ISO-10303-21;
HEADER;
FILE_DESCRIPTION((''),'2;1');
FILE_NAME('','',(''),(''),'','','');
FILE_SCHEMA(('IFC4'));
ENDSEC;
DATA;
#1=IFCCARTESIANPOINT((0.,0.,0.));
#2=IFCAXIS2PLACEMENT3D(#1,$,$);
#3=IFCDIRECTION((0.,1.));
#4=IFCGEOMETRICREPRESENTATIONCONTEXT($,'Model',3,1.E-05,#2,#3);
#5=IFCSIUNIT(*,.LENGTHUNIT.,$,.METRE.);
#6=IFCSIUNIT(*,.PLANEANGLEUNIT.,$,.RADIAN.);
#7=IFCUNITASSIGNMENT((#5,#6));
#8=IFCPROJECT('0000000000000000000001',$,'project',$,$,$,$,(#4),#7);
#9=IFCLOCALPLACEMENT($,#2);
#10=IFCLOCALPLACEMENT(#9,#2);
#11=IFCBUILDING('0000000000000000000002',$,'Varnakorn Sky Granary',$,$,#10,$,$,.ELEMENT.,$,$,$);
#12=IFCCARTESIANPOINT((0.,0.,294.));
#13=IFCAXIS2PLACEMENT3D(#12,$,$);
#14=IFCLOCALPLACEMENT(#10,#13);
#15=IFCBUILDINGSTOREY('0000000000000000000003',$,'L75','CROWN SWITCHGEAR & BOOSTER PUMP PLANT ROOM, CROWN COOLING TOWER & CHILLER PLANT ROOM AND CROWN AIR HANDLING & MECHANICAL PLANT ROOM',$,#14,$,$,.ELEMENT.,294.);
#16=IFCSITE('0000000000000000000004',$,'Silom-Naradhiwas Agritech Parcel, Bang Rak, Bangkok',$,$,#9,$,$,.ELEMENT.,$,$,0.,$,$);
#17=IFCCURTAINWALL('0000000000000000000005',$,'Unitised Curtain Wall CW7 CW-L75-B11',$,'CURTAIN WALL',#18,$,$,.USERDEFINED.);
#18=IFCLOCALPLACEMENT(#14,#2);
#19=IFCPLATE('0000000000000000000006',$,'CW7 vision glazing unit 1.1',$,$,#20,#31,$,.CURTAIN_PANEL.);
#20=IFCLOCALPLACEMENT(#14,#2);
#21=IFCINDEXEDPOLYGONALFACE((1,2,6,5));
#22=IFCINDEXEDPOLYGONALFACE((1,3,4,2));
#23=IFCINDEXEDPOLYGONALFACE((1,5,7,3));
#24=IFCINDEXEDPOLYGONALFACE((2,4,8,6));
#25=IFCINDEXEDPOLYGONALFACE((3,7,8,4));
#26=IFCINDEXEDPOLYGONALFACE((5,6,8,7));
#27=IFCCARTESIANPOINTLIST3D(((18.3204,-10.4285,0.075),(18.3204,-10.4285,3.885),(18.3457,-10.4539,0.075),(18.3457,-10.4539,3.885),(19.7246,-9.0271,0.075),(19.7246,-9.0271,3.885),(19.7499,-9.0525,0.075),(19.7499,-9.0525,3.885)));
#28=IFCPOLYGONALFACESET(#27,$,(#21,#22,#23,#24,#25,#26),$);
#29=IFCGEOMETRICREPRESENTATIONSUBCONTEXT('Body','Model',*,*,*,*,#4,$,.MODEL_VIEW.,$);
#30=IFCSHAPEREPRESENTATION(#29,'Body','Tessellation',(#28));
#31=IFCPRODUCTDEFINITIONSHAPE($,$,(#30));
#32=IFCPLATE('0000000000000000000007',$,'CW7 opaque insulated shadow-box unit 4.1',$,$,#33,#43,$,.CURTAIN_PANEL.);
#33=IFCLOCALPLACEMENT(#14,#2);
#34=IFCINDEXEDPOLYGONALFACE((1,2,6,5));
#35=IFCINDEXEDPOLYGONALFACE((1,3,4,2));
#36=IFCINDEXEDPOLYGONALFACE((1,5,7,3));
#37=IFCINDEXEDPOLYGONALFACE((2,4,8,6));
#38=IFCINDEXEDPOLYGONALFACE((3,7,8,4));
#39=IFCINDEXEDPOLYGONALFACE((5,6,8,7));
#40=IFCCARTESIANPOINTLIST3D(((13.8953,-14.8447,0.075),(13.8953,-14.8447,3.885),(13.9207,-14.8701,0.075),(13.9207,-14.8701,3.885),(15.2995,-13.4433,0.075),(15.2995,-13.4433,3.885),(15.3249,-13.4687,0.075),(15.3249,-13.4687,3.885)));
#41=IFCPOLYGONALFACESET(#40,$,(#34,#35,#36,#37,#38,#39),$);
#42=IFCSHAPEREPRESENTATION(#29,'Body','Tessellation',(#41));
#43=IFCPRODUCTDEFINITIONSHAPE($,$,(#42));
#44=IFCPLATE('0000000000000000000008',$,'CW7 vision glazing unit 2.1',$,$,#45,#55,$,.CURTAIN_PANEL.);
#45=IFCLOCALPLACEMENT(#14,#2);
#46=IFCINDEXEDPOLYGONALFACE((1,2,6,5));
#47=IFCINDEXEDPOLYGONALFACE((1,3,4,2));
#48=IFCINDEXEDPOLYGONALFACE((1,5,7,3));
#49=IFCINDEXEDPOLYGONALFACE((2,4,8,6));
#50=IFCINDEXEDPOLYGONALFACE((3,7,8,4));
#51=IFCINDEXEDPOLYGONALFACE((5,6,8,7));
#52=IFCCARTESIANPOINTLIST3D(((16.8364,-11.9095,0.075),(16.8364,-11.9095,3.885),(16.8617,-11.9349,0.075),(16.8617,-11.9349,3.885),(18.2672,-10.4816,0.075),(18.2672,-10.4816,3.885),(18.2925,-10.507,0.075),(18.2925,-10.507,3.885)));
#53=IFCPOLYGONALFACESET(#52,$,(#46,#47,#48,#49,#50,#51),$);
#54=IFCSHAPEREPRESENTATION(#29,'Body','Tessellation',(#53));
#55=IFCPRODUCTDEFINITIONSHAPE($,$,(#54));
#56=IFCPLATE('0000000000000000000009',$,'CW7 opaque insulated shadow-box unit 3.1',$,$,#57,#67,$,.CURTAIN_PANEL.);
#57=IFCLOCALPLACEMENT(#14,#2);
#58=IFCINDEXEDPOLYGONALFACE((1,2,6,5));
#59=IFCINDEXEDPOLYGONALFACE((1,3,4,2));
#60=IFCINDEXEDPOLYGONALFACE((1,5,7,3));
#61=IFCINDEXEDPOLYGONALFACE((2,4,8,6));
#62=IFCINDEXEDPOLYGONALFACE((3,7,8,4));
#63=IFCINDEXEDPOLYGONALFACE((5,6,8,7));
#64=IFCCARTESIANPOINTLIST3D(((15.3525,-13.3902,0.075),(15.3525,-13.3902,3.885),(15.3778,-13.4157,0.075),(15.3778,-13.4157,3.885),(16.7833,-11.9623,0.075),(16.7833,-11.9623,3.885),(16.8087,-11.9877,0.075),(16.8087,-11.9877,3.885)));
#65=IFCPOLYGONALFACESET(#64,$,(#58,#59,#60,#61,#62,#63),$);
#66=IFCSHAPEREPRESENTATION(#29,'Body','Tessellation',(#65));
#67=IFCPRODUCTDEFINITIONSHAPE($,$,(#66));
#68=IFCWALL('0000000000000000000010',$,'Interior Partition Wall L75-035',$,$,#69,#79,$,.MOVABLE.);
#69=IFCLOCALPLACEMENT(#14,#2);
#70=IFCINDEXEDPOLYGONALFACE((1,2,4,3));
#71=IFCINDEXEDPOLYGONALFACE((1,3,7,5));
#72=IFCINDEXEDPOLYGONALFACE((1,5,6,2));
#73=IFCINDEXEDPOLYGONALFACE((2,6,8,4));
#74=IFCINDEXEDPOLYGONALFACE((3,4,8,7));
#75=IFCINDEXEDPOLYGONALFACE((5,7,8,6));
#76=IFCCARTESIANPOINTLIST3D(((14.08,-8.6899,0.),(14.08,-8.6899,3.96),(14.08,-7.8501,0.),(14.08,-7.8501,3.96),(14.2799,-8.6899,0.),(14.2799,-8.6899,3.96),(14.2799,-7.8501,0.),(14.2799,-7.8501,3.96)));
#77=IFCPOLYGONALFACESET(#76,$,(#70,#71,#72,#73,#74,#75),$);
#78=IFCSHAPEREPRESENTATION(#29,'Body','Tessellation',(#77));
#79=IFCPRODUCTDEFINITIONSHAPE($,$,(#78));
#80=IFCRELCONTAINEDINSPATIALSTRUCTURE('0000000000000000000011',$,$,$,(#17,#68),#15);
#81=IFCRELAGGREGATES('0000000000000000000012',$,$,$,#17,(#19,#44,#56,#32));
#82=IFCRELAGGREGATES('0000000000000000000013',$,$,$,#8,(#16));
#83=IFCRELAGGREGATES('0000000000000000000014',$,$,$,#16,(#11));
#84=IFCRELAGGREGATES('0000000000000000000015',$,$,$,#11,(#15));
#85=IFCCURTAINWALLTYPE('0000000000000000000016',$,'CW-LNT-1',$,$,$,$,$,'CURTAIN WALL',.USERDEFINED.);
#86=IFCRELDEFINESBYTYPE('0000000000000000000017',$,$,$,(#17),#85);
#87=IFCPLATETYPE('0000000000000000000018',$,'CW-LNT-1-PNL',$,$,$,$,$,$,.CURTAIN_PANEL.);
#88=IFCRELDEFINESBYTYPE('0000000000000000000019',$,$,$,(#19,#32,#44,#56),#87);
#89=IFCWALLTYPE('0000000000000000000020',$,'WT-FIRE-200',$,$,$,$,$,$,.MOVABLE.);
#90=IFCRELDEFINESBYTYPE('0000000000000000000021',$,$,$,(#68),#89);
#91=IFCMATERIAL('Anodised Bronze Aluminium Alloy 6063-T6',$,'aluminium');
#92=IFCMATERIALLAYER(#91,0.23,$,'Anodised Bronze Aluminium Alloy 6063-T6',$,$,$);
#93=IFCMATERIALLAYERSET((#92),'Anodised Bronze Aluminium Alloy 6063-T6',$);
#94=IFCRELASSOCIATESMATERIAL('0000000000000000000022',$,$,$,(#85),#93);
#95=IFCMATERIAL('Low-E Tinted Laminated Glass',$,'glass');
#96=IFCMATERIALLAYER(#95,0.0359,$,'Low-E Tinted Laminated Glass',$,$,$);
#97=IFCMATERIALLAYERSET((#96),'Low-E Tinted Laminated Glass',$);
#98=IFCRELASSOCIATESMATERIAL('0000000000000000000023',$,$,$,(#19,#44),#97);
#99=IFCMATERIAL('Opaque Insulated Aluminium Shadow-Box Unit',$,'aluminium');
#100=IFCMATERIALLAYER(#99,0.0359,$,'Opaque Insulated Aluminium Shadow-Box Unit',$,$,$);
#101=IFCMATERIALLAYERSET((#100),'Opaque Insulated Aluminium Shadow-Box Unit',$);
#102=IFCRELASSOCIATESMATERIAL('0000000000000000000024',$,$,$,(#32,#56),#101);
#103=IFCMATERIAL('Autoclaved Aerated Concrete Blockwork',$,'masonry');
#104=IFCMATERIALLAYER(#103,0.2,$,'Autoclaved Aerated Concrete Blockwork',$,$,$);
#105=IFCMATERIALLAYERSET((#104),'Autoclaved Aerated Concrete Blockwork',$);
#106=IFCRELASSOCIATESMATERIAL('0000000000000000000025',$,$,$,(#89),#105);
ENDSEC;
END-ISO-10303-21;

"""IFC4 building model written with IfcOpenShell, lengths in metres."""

from ifc_helpers import new_model, si_unit, direction, frame, frame_2d, origin, origin_2d, place, context, subcontext, project, spatial, rectangle, extrude, source, transform, mapped, material, layer, layer_set, type_object, type_shapes, element, aggregate, save


model = new_model("IFC4")

# Units and contexts
model_context = context("Model", 3, precision=1e-05, world=origin(), true_north=direction((0.0, 1.0)))
body_context = subcontext(model_context, "Body", "Model", "MODEL_VIEW")
ifc_project = project(units=[si_unit("LENGTHUNIT", "METRE"), si_unit("PLANEANGLEUNIT", "RADIAN")], contexts=[model_context])

# Site, building, storey
site_placement = place(None, origin())
site = spatial("IfcSite", under=ifc_project, at=site_placement, Name="Silom-Naradhiwas Agritech Parcel, Bang Rak, Bangkok", CompositionType="ELEMENT", RefElevation=0.0)
building_placement = place(site_placement, origin())
building = spatial("IfcBuilding", under=site, at=building_placement, Name="Varnakorn Sky Granary", CompositionType="ELEMENT")
storey_placement = place(building_placement, frame((0.0, 0.0, 294.0)))
storey = spatial("IfcBuildingStorey", under=building, at=storey_placement, Name="L75", Description="CROWN SWITCHGEAR & BOOSTER PUMP PLANT ROOM, CROWN COOLING TOWER & CHILLER PLANT ROOM AND CROWN AIR HANDLING & MECHANICAL PLANT ROOM", CompositionType="ELEMENT", Elevation=294.0)

# Curtain wall
ifc_material_1 = material(Name="Anodised Bronze Aluminium Alloy 6063-T6", Category="aluminium")
ifc_layer_1 = layer(ifc_material_1, 0.23, Name="Anodised Bronze Aluminium Alloy 6063-T6")
ifc_layer_set_1 = layer_set([ifc_layer_1], Name="Anodised Bronze Aluminium Alloy 6063-T6")
curtain_wall_type = type_object("IfcCurtainWallType", Name="CW-LNT-1", ElementType="CURTAIN WALL", PredefinedType="USERDEFINED", material=ifc_layer_set_1)
curtain_wall_1_placement = place(storey_placement, origin())
curtain_wall_1 = element("IfcCurtainWall", 1, at=curtain_wall_1_placement, inside=storey, type_object=curtain_wall_type, Name="Unitised Curtain Wall CW7 CW-L75-B11", ObjectType="CURTAIN WALL", PredefinedType="USERDEFINED")

# Plates
ifc_material_2 = material(Name="Low-E Tinted Laminated Glass", Category="glass")
ifc_layer_2 = layer(ifc_material_2, 0.0359, Name="Low-E Tinted Laminated Glass")
ifc_layer_set_2 = layer_set([ifc_layer_2], Name="Low-E Tinted Laminated Glass")
plate_type_1 = type_object("IfcPlateType", Name="CW-LNT-1-PNL", PredefinedType="CURTAIN_PANEL")
shared_shape_1 = source(origin(), body_context, "Body", "SweptSolid", [
    extrude(rectangle(XDim=1.9839, YDim=0.0359, at=origin_2d()), origin(), (0.0, 0.0, 1.0), 3.8101),
])
plate_1_placement = place(storey_placement, frame((19.0352, -9.7405, 0.075), z_axis=(0.0, 0.0, 1.0), x_axis=(-0.707816, -0.706397, 0.0)))
plate_1 = element("IfcPlate", 2, at=plate_1_placement, type_object=plate_type_1, material=ifc_layer_set_2, Name="CW7 vision glazing unit 1.1", PredefinedType="CURTAIN_PANEL", context=body_context, shape_type="MappedRepresentation", body=[
    mapped(shared_shape_1, transform((0.0, 0.0, 0.0), x_axis=(1.0, 0.0, 0.0), y_axis=(0.0, 1.0, 0.0), z_axis=(0.0, 0.0, 1.0), scale=1.0)),
])
ifc_material_3 = material(Name="Opaque Insulated Aluminium Shadow-Box Unit", Category="aluminium")
ifc_layer_3 = layer(ifc_material_3, 0.0359, Name="Opaque Insulated Aluminium Shadow-Box Unit")
ifc_layer_set_3 = layer_set([ifc_layer_3], Name="Opaque Insulated Aluminium Shadow-Box Unit")
plate_2_placement = place(storey_placement, frame((14.6101, -14.1567, 0.075), z_axis=(0.0, 0.0, 1.0), x_axis=(-0.707816, -0.706397, 0.0)))
plate_2 = element("IfcPlate", 3, at=plate_2_placement, type_object=plate_type_1, material=ifc_layer_set_3, Name="CW7 opaque insulated shadow-box unit 4.1", PredefinedType="CURTAIN_PANEL", context=body_context, shape_type="MappedRepresentation", body=[
    mapped(shared_shape_1, transform((0.0, 0.0, 0.0), x_axis=(1.0, 0.0, 0.0), y_axis=(0.0, 1.0, 0.0), z_axis=(0.0, 0.0, 1.0), scale=1.0)),
])
shared_shape_2 = source(origin(), body_context, "Body", "SweptSolid", [
    extrude(rectangle(XDim=2.0215, YDim=0.0359, at=origin_2d()), origin(), (0.0, 0.0, 1.0), 3.8101),
])
type_shapes(plate_type_1, [shared_shape_1, shared_shape_2])
plate_3_placement = place(storey_placement, frame((17.5645, -11.2083, 0.075), z_axis=(0.0, 0.0, 1.0), x_axis=(-0.707816, -0.706397, 0.0)))
plate_3 = element("IfcPlate", 4, at=plate_3_placement, type_object=plate_type_1, material=ifc_layer_set_2, Name="CW7 vision glazing unit 2.1", PredefinedType="CURTAIN_PANEL", context=body_context, shape_type="MappedRepresentation", body=[
    mapped(shared_shape_2, transform((0.0, 0.0, 0.0), x_axis=(1.0, 0.0, 0.0), y_axis=(0.0, 1.0, 0.0), z_axis=(0.0, 0.0, 1.0), scale=1.0)),
])
plate_4_placement = place(storey_placement, frame((16.0806, -12.689, 0.075), z_axis=(0.0, 0.0, 1.0), x_axis=(-0.707816, -0.706397, 0.0)))
plate_4 = element("IfcPlate", 5, at=plate_4_placement, type_object=plate_type_1, material=ifc_layer_set_3, Name="CW7 opaque insulated shadow-box unit 3.1", PredefinedType="CURTAIN_PANEL", context=body_context, shape_type="MappedRepresentation", body=[
    mapped(shared_shape_2, transform((0.0, 0.0, 0.0), x_axis=(1.0, 0.0, 0.0), y_axis=(0.0, 1.0, 0.0), z_axis=(0.0, 0.0, 1.0), scale=1.0)),
])
aggregate(curtain_wall_1, [plate_1, plate_3, plate_4, plate_2])

# Wall
ifc_material_4 = material(Name="Autoclaved Aerated Concrete Blockwork", Category="masonry")
ifc_layer_4 = layer(ifc_material_4, 0.2, Name="Autoclaved Aerated Concrete Blockwork")
ifc_layer_set_4 = layer_set([ifc_layer_4], Name="Autoclaved Aerated Concrete Blockwork")
wall_type = type_object("IfcWallType", Name="WT-FIRE-200", PredefinedType="MOVABLE", material=ifc_layer_set_4)
wall_placement = place(storey_placement, frame((14.1799, -8.6899, 0.0), z_axis=(0.0, 0.0, 1.0), x_axis=(0.0, 1.0, 0.0)))
element("IfcWall", 6, at=wall_placement, inside=storey, type_object=wall_type, Name="Interior Partition Wall L75-035", PredefinedType="MOVABLE", context=body_context, shape_type="SweptSolid", body=[
    extrude(rectangle(XDim=0.8398, YDim=0.2, at=frame_2d((0.4199, 0.0))), origin(), (0.0, 0.0, 1.0), 3.96),
])

save(model, "model.ifc")
